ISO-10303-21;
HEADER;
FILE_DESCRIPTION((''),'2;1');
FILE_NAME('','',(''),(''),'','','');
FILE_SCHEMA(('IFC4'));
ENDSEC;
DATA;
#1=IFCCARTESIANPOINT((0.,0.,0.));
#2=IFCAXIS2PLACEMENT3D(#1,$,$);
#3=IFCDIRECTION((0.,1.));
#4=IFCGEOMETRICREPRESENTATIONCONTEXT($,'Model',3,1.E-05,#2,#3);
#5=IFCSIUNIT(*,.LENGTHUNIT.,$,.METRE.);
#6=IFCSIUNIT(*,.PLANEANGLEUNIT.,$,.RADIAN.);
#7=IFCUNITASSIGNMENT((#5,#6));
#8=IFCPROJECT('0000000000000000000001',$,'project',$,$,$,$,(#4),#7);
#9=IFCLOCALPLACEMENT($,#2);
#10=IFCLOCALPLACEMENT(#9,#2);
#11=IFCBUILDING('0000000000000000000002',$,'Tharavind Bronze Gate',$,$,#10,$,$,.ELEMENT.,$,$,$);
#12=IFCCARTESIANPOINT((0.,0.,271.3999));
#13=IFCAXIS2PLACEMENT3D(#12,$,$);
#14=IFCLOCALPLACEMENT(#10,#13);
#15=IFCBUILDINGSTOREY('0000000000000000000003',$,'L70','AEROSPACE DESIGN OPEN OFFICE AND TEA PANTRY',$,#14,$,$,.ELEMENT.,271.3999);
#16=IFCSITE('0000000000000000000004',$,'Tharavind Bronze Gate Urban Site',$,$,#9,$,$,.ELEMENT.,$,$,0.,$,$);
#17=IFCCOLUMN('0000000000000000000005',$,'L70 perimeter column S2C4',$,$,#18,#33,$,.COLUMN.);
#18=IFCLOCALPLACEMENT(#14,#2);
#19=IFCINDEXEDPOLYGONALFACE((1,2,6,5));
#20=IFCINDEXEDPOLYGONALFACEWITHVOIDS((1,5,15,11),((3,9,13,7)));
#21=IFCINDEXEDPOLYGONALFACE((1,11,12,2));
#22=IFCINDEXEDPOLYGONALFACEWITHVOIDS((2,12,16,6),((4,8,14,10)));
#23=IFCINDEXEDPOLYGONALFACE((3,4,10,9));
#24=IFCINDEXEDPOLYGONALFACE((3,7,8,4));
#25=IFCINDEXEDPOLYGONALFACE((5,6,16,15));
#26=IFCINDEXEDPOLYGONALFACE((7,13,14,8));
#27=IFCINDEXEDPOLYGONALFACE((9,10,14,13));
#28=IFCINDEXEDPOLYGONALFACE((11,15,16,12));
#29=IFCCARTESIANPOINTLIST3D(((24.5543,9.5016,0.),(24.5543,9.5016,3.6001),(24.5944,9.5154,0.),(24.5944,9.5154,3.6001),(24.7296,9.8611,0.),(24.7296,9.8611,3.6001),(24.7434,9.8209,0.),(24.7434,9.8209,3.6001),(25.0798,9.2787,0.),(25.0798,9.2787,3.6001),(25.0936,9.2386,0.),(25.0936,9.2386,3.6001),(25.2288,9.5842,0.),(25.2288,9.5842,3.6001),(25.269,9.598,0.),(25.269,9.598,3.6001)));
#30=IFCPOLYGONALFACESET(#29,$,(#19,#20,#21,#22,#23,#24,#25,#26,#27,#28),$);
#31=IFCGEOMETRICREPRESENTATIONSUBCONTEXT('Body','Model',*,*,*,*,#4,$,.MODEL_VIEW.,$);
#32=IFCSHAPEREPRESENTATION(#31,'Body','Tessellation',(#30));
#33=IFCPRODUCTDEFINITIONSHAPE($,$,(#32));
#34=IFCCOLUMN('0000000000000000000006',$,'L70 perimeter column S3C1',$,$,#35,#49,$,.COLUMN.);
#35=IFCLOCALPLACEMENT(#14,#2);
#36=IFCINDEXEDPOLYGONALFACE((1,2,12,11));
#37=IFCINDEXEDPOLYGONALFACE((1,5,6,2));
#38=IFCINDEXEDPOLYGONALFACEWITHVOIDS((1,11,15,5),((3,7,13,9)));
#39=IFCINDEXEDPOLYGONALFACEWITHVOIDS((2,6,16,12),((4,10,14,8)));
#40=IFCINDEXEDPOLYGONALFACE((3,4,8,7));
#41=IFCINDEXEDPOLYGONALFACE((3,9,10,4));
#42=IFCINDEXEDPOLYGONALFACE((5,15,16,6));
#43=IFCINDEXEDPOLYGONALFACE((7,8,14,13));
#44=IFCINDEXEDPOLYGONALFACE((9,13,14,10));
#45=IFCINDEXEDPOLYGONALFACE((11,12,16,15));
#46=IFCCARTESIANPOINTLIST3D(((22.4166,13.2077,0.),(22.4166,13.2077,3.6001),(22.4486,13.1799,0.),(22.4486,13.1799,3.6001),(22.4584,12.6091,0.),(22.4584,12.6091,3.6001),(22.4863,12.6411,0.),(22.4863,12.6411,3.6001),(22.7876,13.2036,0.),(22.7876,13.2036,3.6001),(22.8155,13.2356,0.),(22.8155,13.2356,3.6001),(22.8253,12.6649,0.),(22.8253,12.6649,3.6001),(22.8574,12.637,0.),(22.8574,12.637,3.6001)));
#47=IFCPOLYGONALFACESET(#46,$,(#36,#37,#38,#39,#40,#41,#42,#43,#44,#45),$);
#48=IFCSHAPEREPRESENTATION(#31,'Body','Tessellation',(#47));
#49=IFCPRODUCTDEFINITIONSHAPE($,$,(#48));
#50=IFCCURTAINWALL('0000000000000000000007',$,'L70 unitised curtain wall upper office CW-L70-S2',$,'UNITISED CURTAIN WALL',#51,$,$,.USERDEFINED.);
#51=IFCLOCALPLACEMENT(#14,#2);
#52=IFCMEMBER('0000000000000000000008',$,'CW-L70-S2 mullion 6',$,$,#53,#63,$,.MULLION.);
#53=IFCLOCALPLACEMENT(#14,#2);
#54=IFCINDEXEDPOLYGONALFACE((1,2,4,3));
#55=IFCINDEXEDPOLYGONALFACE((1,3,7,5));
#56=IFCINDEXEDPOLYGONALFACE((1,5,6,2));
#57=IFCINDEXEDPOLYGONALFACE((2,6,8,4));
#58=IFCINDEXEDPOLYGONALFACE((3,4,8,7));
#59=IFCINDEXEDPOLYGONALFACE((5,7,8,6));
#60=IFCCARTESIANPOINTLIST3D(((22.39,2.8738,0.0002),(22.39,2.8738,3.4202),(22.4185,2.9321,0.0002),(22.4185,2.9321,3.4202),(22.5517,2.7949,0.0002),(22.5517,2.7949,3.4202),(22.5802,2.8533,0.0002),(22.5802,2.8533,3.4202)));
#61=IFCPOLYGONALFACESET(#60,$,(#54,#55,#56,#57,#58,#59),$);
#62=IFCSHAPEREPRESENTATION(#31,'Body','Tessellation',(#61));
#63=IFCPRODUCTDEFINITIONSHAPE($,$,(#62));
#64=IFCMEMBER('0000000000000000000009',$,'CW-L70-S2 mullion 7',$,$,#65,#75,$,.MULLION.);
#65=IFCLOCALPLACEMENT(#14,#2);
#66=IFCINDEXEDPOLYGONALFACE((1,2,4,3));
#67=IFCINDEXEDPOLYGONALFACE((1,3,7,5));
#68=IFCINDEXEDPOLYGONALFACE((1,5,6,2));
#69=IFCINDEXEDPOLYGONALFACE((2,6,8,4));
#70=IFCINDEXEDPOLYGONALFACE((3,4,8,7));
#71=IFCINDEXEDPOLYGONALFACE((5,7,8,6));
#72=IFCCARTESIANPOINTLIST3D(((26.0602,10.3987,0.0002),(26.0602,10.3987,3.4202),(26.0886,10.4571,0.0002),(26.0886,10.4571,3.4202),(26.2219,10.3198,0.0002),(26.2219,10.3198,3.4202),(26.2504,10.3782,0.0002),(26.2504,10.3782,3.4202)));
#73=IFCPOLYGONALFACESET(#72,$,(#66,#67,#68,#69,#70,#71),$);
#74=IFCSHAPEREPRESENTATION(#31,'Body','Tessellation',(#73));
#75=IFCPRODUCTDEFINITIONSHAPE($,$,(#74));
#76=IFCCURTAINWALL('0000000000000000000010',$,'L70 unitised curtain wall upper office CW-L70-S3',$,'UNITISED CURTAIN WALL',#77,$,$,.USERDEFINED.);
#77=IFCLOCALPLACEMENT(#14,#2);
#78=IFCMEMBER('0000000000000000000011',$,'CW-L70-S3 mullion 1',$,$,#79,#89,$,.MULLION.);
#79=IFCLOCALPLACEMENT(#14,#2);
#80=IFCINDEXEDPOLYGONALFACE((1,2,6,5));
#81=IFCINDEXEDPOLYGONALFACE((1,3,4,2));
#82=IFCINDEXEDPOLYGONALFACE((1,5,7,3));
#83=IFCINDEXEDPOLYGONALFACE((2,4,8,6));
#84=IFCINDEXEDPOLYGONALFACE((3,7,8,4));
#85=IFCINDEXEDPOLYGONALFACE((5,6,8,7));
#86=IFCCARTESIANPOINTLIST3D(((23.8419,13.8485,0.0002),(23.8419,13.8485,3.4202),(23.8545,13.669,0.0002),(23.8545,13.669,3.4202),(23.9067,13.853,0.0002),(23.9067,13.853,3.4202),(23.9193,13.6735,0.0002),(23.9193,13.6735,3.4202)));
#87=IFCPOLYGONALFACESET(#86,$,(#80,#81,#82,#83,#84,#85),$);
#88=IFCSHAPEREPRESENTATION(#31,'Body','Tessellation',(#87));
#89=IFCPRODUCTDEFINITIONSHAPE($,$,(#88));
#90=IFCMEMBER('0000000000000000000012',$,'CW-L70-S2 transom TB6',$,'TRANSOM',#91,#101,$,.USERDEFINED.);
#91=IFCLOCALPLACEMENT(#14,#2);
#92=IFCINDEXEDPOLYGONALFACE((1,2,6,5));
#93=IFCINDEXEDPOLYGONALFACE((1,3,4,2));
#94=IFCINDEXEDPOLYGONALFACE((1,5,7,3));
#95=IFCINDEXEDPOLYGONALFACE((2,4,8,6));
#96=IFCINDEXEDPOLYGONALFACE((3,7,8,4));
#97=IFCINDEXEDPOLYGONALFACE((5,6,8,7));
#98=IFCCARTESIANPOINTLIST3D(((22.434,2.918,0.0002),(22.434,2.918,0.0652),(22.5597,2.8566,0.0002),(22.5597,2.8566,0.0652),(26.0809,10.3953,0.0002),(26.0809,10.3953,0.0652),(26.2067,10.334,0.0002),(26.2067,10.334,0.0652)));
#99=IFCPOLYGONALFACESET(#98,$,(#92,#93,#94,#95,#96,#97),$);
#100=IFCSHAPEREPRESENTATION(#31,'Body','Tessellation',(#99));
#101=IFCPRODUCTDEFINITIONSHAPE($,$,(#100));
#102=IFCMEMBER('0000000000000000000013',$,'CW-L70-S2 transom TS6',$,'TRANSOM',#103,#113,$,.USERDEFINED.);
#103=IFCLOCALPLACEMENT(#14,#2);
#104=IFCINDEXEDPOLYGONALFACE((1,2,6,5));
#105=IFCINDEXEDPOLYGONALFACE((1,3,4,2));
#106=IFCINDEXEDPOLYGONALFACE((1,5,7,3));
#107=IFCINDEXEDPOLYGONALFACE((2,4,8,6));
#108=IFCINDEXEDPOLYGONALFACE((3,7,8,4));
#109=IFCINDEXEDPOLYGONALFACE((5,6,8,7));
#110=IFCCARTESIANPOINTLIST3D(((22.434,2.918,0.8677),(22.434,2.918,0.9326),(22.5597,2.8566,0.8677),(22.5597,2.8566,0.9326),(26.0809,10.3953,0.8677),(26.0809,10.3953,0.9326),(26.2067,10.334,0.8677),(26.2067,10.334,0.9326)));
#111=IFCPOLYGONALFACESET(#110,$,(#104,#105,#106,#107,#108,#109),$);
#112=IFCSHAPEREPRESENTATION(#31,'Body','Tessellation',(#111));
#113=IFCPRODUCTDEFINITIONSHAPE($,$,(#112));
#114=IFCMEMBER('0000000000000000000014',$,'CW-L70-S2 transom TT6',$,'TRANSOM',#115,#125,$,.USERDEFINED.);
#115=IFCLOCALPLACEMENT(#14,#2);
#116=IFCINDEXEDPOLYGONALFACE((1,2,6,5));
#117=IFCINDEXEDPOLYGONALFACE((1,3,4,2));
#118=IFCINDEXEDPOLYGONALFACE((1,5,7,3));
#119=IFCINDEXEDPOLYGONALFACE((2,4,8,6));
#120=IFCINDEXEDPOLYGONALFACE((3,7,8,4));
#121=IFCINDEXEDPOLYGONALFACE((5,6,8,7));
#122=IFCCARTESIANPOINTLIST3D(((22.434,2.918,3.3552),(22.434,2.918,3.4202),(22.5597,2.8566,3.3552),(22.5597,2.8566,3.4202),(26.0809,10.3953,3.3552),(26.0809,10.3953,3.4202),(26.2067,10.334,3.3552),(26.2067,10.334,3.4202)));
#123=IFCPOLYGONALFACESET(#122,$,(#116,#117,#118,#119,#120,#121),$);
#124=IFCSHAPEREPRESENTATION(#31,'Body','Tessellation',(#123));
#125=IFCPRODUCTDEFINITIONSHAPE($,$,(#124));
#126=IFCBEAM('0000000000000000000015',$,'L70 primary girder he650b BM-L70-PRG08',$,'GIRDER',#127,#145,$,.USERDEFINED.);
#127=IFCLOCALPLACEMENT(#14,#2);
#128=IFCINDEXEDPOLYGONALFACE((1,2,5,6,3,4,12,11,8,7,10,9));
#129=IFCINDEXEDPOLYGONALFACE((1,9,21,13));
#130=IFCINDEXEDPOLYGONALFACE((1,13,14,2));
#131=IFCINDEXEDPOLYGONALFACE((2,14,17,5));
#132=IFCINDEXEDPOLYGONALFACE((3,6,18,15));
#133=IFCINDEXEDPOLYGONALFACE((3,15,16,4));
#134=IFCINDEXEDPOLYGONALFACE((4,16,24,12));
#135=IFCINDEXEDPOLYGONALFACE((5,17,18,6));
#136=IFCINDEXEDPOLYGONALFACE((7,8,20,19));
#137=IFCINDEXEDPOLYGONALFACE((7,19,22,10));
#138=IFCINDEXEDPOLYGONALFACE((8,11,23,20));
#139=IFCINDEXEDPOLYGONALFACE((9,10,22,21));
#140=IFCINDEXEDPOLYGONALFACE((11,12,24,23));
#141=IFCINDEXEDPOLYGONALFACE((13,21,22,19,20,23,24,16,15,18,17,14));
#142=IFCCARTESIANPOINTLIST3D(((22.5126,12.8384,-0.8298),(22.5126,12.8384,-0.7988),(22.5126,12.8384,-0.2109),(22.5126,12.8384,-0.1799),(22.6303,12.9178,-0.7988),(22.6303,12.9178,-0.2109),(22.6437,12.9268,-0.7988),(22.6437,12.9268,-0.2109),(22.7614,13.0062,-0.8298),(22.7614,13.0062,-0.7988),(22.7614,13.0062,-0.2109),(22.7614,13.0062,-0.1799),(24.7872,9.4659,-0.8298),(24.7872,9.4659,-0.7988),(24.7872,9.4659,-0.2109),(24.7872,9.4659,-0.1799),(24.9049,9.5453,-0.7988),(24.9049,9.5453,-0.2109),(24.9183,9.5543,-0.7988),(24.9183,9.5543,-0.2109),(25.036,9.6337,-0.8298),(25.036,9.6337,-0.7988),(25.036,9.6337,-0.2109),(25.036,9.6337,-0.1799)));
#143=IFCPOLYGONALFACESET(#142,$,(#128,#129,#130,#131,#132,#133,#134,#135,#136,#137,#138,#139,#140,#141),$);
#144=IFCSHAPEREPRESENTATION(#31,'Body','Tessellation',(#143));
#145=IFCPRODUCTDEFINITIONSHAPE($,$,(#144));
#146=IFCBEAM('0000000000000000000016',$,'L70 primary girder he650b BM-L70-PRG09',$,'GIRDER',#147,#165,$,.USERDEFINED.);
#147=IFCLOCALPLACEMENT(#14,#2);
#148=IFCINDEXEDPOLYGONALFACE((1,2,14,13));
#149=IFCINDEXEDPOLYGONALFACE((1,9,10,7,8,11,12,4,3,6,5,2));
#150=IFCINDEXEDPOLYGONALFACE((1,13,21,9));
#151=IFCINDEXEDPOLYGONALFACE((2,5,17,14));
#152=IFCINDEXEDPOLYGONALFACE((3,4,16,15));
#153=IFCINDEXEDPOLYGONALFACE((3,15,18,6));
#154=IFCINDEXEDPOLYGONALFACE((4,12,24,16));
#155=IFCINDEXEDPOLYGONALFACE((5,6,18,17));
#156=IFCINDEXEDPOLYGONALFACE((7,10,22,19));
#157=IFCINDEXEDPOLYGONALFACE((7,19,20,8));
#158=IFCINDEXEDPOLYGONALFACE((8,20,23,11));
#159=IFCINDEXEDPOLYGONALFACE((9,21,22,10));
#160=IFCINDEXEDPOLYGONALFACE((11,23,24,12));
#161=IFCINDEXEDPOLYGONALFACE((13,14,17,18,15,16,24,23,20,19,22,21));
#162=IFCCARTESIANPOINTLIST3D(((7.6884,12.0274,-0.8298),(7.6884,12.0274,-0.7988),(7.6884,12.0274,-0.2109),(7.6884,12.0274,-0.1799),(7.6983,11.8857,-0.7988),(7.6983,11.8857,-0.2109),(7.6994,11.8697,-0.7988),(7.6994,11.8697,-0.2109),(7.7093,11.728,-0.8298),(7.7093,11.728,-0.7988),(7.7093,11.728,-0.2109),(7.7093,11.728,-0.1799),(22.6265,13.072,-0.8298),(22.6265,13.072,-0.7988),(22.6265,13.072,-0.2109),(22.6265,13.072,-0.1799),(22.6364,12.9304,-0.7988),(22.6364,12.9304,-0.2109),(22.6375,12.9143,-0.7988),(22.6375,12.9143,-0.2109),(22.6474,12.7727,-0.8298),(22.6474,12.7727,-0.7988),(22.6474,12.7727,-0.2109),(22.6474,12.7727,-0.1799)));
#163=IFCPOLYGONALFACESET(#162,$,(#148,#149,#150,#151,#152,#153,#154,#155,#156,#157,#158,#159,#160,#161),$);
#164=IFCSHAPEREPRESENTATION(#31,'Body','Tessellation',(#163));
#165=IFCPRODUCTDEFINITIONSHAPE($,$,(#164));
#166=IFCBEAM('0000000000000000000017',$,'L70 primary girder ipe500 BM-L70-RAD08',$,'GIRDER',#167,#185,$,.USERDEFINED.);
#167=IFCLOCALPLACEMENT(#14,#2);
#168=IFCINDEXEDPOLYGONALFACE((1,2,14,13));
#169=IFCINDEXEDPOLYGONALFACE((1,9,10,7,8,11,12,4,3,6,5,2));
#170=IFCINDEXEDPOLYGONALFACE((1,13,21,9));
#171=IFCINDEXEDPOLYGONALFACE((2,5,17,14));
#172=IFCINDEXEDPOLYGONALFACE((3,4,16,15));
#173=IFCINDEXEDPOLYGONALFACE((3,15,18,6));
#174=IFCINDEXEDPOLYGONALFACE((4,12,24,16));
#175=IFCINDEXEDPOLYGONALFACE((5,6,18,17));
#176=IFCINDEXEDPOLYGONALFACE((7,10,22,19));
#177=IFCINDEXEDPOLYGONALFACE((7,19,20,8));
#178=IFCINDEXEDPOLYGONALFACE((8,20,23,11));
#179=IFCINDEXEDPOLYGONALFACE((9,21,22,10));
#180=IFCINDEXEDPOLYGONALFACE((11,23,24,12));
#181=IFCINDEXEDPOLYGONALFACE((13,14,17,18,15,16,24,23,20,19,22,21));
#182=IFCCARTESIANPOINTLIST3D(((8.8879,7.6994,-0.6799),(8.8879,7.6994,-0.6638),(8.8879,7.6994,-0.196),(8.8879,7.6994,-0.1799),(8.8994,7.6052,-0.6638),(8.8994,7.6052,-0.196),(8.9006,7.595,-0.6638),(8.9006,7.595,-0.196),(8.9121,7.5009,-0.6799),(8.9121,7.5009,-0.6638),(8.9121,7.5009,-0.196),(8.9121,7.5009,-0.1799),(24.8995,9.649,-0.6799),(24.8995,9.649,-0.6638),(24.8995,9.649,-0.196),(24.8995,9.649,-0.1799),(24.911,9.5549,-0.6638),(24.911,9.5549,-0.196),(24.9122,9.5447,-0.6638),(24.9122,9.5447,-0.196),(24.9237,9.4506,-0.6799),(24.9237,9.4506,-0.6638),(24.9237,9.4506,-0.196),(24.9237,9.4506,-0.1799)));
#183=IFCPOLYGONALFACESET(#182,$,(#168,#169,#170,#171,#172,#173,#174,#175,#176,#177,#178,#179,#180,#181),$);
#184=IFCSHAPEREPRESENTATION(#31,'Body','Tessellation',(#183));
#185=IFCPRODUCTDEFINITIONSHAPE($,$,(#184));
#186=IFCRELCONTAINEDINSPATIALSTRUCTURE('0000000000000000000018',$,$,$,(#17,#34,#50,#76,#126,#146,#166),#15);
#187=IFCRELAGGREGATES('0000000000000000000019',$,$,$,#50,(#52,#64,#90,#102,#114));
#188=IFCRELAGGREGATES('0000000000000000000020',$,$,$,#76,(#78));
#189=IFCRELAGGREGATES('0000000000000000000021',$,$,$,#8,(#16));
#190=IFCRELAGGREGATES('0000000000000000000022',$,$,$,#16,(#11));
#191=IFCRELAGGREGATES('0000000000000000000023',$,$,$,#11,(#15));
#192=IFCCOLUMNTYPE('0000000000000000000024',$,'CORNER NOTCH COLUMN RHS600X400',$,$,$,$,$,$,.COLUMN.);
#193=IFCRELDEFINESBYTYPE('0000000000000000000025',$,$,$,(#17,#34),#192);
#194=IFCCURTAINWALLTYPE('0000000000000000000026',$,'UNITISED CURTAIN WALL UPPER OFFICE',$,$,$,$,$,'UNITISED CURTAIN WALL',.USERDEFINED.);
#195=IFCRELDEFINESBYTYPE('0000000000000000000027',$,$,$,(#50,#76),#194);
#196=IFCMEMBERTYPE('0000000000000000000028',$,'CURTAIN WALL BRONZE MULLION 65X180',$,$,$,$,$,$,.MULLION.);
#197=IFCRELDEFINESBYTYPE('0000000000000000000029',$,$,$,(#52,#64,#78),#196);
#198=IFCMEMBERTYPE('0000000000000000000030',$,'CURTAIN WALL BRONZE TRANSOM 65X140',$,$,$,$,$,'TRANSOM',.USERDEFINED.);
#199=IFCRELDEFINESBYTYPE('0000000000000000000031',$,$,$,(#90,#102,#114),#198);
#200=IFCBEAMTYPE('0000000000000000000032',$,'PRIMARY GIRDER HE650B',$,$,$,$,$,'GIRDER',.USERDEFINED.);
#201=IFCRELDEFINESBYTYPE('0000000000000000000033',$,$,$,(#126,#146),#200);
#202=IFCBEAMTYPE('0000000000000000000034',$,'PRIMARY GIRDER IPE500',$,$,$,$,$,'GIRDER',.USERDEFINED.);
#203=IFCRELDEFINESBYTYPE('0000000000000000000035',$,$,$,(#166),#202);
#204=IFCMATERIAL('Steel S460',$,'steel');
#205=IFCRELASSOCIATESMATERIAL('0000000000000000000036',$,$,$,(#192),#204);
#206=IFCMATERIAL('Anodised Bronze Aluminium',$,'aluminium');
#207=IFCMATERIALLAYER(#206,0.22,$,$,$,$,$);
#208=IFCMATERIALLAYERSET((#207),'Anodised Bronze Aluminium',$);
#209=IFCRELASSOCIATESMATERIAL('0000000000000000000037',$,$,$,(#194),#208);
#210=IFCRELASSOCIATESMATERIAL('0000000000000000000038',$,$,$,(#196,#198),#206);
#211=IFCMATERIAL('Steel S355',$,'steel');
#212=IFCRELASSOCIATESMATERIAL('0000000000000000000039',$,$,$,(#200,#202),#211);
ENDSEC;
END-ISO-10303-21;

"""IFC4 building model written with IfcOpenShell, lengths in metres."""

from ifc_helpers import new_model, si_unit, direction, frame, origin, origin_2d, place, context, subcontext, project, spatial, rectangle, hollow_rectangle, i_section, extrude, material, layer, layer_set, material_profile, profile_set, type_object, element, aggregate, save


model = new_model("IFC4")

# Units and contexts
model_context = context("Model", 3, precision=1e-05, world=origin(), true_north=direction((0.0, 1.0)))
body_context = subcontext(model_context, "Body", "Model", "MODEL_VIEW")
ifc_project = project(units=[si_unit("LENGTHUNIT", "METRE"), si_unit("PLANEANGLEUNIT", "RADIAN")], contexts=[model_context])

# Site, building, storey
site_placement = place(None, origin())
site = spatial("IfcSite", under=ifc_project, at=site_placement, Name="Tharavind Bronze Gate Urban Site", CompositionType="ELEMENT", RefElevation=0.0)
building_placement = place(site_placement, origin())
building = spatial("IfcBuilding", under=site, at=building_placement, Name="Tharavind Bronze Gate", CompositionType="ELEMENT")
storey_placement = place(building_placement, frame((0.0, 0.0, 271.3999)))
storey = spatial("IfcBuildingStorey", under=building, at=storey_placement, Name="L70", Description="AEROSPACE DESIGN OPEN OFFICE AND TEA PANTRY", CompositionType="ELEMENT", Elevation=271.3999)

# Columns
ifc_material_1 = material(Name="Steel S460", Category="steel")
ifc_material_profile_1 = material_profile(ifc_material_1, hollow_rectangle(XDim=0.3999, YDim=0.6001, WallThickness=0.03, at=origin_2d()), Name="RHS600X400X30")
ifc_profile_set_1 = profile_set([ifc_material_profile_1], Name="Steel S460")
column_type = type_object("IfcColumnType", Name="CORNER NOTCH COLUMN RHS600X400", PredefinedType="COLUMN", material=ifc_profile_set_1)
for number, where, z_axis, x_axis, name in (
    (1, (24.9116, 9.5498, 0.0), (0.0, 0.0, 1.0), (0.438373, 0.898793, 0.0), "L70 perimeter column S2C4"),
    (2, (22.637, 12.9224, 0.0), (0.0, 0.0, 1.0), (0.997564, 0.069758, 0.0), "L70 perimeter column S3C1"),
):
    element("IfcColumn", number, at=place(storey_placement, frame(where, z_axis=z_axis, x_axis=x_axis)), inside=storey, type_object=column_type, Name=name, PredefinedType="COLUMN", context=body_context, shape_type="SweptSolid", body=[
        extrude(hollow_rectangle(XDim=0.3999, YDim=0.6001, WallThickness=0.03, at=origin_2d()), origin(), (0.0, 0.0, 1.0), 3.6001),
    ])

# Curtain wall, members
ifc_material_2 = material(Name="Anodised Bronze Aluminium", Category="aluminium")
ifc_layer_1 = layer(ifc_material_2, 0.22)
ifc_layer_set_1 = layer_set([ifc_layer_1], Name="Anodised Bronze Aluminium")
curtain_wall_type = type_object("IfcCurtainWallType", Name="UNITISED CURTAIN WALL UPPER OFFICE", ElementType="UNITISED CURTAIN WALL", PredefinedType="USERDEFINED", material=ifc_layer_set_1)
curtain_wall_1_placement = place(storey_placement, origin())
curtain_wall_1 = element("IfcCurtainWall", 3, at=curtain_wall_1_placement, inside=storey, type_object=curtain_wall_type, Name="L70 unitised curtain wall upper office CW-L70-S2", ObjectType="UNITISED CURTAIN WALL", PredefinedType="USERDEFINED")
member_type_1 = type_object("IfcMemberType", Name="CURTAIN WALL BRONZE MULLION 65X180", PredefinedType="MULLION", material=ifc_material_2)
member_1_placement = place(storey_placement, frame((22.4851, 2.8635, 0.0002), z_axis=(0.0, 0.0, 1.0), x_axis=(0.438373, 0.898793, 0.0)))
member_1 = element("IfcMember", 4, at=member_1_placement, type_object=member_type_1, Name="CW-L70-S2 mullion 6", PredefinedType="MULLION", context=body_context, shape_type="SweptSolid", body=[
    extrude(rectangle(XDim=0.0649, YDim=0.1799, at=origin_2d()), origin(), (0.0, 0.0, 1.0), 3.4199),
])
member_2_placement = place(storey_placement, frame((26.1553, 10.3884, 0.0002), z_axis=(0.0, 0.0, 1.0), x_axis=(0.438373, 0.898793, 0.0)))
member_2 = element("IfcMember", 5, at=member_2_placement, type_object=member_type_1, Name="CW-L70-S2 mullion 7", PredefinedType="MULLION", context=body_context, shape_type="SweptSolid", body=[
    extrude(rectangle(XDim=0.0649, YDim=0.1799, at=origin_2d()), origin(), (0.0, 0.0, 1.0), 3.4199),
])

# Curtain wall, member
curtain_wall_2_placement = place(storey_placement, origin())
curtain_wall_2 = element("IfcCurtainWall", 6, at=curtain_wall_2_placement, inside=storey, type_object=curtain_wall_type, Name="L70 unitised curtain wall upper office CW-L70-S3", ObjectType="UNITISED CURTAIN WALL", PredefinedType="USERDEFINED")
member_3_placement = place(storey_placement, frame((23.8806, 13.761, 0.0002), z_axis=(0.0, 0.0, 1.0), x_axis=(-0.997564, -0.06976, 0.0)))
member_3 = element("IfcMember", 7, at=member_3_placement, type_object=member_type_1, Name="CW-L70-S3 mullion 1", PredefinedType="MULLION", context=body_context, shape_type="SweptSolid", body=[
    extrude(rectangle(XDim=0.0649, YDim=0.1799, at=origin_2d()), origin(), (0.0, 0.0, 1.0), 3.4199),
])

# Members
member_type_2 = type_object("IfcMemberType", Name="CURTAIN WALL BRONZE TRANSOM 65X140", ElementType="TRANSOM", PredefinedType="USERDEFINED", material=ifc_material_2)
member_4_placement = place(storey_placement, frame((24.3203, 6.626, 0.0002), z_axis=(0.0, 0.0, 1.0), x_axis=(0.438373, 0.898793, 0.0)))
member_4 = element("IfcMember", 8, at=member_4_placement, type_object=member_type_2, Name="CW-L70-S2 transom TB6", ObjectType="TRANSOM", PredefinedType="USERDEFINED", context=body_context, shape_type="SweptSolid", body=[
    extrude(rectangle(XDim=8.3193, YDim=0.1399, at=origin_2d()), origin(), (0.0, 0.0, 1.0), 0.0649),
])
member_5_placement = place(storey_placement, frame((24.3203, 6.626, 0.8677), z_axis=(0.0, 0.0, 1.0), x_axis=(0.438373, 0.898793, 0.0)))
member_5 = element("IfcMember", 9, at=member_5_placement, type_object=member_type_2, Name="CW-L70-S2 transom TS6", ObjectType="TRANSOM", PredefinedType="USERDEFINED", context=body_context, shape_type="SweptSolid", body=[
    extrude(rectangle(XDim=8.3193, YDim=0.1399, at=origin_2d()), origin(), (0.0, 0.0, 1.0), 0.0649),
])
member_6_placement = place(storey_placement, frame((24.3203, 6.626, 3.3552), z_axis=(0.0, 0.0, 1.0), x_axis=(0.438373, 0.898793, 0.0)))
member_6 = element("IfcMember", 10, at=member_6_placement, type_object=member_type_2, Name="CW-L70-S2 transom TT6", ObjectType="TRANSOM", PredefinedType="USERDEFINED", context=body_context, shape_type="SweptSolid", body=[
    extrude(rectangle(XDim=8.3193, YDim=0.1399, at=origin_2d()), origin(), (0.0, 0.0, 1.0), 0.0649),
])

# Beams
ifc_material_3 = material(Name="Steel S355", Category="steel")
ifc_material_profile_2 = material_profile(ifc_material_3, i_section(OverallWidth=0.3, OverallDepth=0.6499, WebThickness=0.0161, FlangeThickness=0.031, at=origin_2d()), Name="HE650B")
ifc_profile_set_2 = profile_set([ifc_material_profile_2], Name="Steel S355")
beam_type_1 = type_object("IfcBeamType", Name="PRIMARY GIRDER HE650B", ElementType="GIRDER", PredefinedType="USERDEFINED", material=ifc_profile_set_2)
beam_1_placement = place(storey_placement, frame((24.9116, 9.5498, -0.5049), z_axis=(-0.559166, 0.829056, 0.0), x_axis=(-0.829056, -0.559166, 0.0)))
element("IfcBeam", 11, at=beam_1_placement, inside=storey, type_object=beam_type_1, Name="L70 primary girder he650b BM-L70-PRG08", ObjectType="GIRDER", PredefinedType="USERDEFINED", context=body_context, shape_type="SweptSolid", body=[
    extrude(i_section(OverallWidth=0.3, OverallDepth=0.6499, WebThickness=0.0161, FlangeThickness=0.031, at=origin_2d()), origin(), (0.0, 0.0, 1.0), 4.0679),
])
beam_2_placement = place(storey_placement, frame((22.637, 12.9224, -0.5049), z_axis=(-0.997564, -0.069763, 0.0), x_axis=(0.069763, -0.997564, 0.0)))
element("IfcBeam", 12, at=beam_2_placement, inside=storey, type_object=beam_type_1, Name="L70 primary girder he650b BM-L70-PRG09", ObjectType="GIRDER", PredefinedType="USERDEFINED", context=body_context, shape_type="SweptSolid", body=[
    extrude(i_section(OverallWidth=0.3, OverallDepth=0.6499, WebThickness=0.0161, FlangeThickness=0.031, at=origin_2d()), origin(), (0.0, 0.0, 1.0), 14.9746),
])
ifc_material_profile_3 = material_profile(ifc_material_3, i_section(OverallWidth=0.2, OverallDepth=0.5, WebThickness=0.0103, FlangeThickness=0.0161, at=origin_2d()), Name="IPE500")
ifc_profile_set_3 = profile_set([ifc_material_profile_3], Name="Steel S355")
beam_type_2 = type_object("IfcBeamType", Name="PRIMARY GIRDER IPE500", ElementType="GIRDER", PredefinedType="USERDEFINED", material=ifc_profile_set_3)
beam_3_placement = place(storey_placement, frame((24.9116, 9.5498, -0.4299), z_axis=(-0.992668, -0.120875, 0.0), x_axis=(0.120875, -0.992668, 0.0)))
element("IfcBeam", 13, at=beam_3_placement, inside=storey, type_object=beam_type_2, Name="L70 primary girder ipe500 BM-L70-RAD08", ObjectType="GIRDER", PredefinedType="USERDEFINED", context=body_context, shape_type="SweptSolid", body=[
    extrude(i_section(OverallWidth=0.2, OverallDepth=0.5, WebThickness=0.0103, FlangeThickness=0.0161, at=origin_2d()), origin(), (0.0, 0.0, 1.0), 16.1299),
])

aggregate(curtain_wall_1, [member_1, member_2, member_4, member_5, member_6])
aggregate(curtain_wall_2, [member_3])

save(model, "model.ifc")
